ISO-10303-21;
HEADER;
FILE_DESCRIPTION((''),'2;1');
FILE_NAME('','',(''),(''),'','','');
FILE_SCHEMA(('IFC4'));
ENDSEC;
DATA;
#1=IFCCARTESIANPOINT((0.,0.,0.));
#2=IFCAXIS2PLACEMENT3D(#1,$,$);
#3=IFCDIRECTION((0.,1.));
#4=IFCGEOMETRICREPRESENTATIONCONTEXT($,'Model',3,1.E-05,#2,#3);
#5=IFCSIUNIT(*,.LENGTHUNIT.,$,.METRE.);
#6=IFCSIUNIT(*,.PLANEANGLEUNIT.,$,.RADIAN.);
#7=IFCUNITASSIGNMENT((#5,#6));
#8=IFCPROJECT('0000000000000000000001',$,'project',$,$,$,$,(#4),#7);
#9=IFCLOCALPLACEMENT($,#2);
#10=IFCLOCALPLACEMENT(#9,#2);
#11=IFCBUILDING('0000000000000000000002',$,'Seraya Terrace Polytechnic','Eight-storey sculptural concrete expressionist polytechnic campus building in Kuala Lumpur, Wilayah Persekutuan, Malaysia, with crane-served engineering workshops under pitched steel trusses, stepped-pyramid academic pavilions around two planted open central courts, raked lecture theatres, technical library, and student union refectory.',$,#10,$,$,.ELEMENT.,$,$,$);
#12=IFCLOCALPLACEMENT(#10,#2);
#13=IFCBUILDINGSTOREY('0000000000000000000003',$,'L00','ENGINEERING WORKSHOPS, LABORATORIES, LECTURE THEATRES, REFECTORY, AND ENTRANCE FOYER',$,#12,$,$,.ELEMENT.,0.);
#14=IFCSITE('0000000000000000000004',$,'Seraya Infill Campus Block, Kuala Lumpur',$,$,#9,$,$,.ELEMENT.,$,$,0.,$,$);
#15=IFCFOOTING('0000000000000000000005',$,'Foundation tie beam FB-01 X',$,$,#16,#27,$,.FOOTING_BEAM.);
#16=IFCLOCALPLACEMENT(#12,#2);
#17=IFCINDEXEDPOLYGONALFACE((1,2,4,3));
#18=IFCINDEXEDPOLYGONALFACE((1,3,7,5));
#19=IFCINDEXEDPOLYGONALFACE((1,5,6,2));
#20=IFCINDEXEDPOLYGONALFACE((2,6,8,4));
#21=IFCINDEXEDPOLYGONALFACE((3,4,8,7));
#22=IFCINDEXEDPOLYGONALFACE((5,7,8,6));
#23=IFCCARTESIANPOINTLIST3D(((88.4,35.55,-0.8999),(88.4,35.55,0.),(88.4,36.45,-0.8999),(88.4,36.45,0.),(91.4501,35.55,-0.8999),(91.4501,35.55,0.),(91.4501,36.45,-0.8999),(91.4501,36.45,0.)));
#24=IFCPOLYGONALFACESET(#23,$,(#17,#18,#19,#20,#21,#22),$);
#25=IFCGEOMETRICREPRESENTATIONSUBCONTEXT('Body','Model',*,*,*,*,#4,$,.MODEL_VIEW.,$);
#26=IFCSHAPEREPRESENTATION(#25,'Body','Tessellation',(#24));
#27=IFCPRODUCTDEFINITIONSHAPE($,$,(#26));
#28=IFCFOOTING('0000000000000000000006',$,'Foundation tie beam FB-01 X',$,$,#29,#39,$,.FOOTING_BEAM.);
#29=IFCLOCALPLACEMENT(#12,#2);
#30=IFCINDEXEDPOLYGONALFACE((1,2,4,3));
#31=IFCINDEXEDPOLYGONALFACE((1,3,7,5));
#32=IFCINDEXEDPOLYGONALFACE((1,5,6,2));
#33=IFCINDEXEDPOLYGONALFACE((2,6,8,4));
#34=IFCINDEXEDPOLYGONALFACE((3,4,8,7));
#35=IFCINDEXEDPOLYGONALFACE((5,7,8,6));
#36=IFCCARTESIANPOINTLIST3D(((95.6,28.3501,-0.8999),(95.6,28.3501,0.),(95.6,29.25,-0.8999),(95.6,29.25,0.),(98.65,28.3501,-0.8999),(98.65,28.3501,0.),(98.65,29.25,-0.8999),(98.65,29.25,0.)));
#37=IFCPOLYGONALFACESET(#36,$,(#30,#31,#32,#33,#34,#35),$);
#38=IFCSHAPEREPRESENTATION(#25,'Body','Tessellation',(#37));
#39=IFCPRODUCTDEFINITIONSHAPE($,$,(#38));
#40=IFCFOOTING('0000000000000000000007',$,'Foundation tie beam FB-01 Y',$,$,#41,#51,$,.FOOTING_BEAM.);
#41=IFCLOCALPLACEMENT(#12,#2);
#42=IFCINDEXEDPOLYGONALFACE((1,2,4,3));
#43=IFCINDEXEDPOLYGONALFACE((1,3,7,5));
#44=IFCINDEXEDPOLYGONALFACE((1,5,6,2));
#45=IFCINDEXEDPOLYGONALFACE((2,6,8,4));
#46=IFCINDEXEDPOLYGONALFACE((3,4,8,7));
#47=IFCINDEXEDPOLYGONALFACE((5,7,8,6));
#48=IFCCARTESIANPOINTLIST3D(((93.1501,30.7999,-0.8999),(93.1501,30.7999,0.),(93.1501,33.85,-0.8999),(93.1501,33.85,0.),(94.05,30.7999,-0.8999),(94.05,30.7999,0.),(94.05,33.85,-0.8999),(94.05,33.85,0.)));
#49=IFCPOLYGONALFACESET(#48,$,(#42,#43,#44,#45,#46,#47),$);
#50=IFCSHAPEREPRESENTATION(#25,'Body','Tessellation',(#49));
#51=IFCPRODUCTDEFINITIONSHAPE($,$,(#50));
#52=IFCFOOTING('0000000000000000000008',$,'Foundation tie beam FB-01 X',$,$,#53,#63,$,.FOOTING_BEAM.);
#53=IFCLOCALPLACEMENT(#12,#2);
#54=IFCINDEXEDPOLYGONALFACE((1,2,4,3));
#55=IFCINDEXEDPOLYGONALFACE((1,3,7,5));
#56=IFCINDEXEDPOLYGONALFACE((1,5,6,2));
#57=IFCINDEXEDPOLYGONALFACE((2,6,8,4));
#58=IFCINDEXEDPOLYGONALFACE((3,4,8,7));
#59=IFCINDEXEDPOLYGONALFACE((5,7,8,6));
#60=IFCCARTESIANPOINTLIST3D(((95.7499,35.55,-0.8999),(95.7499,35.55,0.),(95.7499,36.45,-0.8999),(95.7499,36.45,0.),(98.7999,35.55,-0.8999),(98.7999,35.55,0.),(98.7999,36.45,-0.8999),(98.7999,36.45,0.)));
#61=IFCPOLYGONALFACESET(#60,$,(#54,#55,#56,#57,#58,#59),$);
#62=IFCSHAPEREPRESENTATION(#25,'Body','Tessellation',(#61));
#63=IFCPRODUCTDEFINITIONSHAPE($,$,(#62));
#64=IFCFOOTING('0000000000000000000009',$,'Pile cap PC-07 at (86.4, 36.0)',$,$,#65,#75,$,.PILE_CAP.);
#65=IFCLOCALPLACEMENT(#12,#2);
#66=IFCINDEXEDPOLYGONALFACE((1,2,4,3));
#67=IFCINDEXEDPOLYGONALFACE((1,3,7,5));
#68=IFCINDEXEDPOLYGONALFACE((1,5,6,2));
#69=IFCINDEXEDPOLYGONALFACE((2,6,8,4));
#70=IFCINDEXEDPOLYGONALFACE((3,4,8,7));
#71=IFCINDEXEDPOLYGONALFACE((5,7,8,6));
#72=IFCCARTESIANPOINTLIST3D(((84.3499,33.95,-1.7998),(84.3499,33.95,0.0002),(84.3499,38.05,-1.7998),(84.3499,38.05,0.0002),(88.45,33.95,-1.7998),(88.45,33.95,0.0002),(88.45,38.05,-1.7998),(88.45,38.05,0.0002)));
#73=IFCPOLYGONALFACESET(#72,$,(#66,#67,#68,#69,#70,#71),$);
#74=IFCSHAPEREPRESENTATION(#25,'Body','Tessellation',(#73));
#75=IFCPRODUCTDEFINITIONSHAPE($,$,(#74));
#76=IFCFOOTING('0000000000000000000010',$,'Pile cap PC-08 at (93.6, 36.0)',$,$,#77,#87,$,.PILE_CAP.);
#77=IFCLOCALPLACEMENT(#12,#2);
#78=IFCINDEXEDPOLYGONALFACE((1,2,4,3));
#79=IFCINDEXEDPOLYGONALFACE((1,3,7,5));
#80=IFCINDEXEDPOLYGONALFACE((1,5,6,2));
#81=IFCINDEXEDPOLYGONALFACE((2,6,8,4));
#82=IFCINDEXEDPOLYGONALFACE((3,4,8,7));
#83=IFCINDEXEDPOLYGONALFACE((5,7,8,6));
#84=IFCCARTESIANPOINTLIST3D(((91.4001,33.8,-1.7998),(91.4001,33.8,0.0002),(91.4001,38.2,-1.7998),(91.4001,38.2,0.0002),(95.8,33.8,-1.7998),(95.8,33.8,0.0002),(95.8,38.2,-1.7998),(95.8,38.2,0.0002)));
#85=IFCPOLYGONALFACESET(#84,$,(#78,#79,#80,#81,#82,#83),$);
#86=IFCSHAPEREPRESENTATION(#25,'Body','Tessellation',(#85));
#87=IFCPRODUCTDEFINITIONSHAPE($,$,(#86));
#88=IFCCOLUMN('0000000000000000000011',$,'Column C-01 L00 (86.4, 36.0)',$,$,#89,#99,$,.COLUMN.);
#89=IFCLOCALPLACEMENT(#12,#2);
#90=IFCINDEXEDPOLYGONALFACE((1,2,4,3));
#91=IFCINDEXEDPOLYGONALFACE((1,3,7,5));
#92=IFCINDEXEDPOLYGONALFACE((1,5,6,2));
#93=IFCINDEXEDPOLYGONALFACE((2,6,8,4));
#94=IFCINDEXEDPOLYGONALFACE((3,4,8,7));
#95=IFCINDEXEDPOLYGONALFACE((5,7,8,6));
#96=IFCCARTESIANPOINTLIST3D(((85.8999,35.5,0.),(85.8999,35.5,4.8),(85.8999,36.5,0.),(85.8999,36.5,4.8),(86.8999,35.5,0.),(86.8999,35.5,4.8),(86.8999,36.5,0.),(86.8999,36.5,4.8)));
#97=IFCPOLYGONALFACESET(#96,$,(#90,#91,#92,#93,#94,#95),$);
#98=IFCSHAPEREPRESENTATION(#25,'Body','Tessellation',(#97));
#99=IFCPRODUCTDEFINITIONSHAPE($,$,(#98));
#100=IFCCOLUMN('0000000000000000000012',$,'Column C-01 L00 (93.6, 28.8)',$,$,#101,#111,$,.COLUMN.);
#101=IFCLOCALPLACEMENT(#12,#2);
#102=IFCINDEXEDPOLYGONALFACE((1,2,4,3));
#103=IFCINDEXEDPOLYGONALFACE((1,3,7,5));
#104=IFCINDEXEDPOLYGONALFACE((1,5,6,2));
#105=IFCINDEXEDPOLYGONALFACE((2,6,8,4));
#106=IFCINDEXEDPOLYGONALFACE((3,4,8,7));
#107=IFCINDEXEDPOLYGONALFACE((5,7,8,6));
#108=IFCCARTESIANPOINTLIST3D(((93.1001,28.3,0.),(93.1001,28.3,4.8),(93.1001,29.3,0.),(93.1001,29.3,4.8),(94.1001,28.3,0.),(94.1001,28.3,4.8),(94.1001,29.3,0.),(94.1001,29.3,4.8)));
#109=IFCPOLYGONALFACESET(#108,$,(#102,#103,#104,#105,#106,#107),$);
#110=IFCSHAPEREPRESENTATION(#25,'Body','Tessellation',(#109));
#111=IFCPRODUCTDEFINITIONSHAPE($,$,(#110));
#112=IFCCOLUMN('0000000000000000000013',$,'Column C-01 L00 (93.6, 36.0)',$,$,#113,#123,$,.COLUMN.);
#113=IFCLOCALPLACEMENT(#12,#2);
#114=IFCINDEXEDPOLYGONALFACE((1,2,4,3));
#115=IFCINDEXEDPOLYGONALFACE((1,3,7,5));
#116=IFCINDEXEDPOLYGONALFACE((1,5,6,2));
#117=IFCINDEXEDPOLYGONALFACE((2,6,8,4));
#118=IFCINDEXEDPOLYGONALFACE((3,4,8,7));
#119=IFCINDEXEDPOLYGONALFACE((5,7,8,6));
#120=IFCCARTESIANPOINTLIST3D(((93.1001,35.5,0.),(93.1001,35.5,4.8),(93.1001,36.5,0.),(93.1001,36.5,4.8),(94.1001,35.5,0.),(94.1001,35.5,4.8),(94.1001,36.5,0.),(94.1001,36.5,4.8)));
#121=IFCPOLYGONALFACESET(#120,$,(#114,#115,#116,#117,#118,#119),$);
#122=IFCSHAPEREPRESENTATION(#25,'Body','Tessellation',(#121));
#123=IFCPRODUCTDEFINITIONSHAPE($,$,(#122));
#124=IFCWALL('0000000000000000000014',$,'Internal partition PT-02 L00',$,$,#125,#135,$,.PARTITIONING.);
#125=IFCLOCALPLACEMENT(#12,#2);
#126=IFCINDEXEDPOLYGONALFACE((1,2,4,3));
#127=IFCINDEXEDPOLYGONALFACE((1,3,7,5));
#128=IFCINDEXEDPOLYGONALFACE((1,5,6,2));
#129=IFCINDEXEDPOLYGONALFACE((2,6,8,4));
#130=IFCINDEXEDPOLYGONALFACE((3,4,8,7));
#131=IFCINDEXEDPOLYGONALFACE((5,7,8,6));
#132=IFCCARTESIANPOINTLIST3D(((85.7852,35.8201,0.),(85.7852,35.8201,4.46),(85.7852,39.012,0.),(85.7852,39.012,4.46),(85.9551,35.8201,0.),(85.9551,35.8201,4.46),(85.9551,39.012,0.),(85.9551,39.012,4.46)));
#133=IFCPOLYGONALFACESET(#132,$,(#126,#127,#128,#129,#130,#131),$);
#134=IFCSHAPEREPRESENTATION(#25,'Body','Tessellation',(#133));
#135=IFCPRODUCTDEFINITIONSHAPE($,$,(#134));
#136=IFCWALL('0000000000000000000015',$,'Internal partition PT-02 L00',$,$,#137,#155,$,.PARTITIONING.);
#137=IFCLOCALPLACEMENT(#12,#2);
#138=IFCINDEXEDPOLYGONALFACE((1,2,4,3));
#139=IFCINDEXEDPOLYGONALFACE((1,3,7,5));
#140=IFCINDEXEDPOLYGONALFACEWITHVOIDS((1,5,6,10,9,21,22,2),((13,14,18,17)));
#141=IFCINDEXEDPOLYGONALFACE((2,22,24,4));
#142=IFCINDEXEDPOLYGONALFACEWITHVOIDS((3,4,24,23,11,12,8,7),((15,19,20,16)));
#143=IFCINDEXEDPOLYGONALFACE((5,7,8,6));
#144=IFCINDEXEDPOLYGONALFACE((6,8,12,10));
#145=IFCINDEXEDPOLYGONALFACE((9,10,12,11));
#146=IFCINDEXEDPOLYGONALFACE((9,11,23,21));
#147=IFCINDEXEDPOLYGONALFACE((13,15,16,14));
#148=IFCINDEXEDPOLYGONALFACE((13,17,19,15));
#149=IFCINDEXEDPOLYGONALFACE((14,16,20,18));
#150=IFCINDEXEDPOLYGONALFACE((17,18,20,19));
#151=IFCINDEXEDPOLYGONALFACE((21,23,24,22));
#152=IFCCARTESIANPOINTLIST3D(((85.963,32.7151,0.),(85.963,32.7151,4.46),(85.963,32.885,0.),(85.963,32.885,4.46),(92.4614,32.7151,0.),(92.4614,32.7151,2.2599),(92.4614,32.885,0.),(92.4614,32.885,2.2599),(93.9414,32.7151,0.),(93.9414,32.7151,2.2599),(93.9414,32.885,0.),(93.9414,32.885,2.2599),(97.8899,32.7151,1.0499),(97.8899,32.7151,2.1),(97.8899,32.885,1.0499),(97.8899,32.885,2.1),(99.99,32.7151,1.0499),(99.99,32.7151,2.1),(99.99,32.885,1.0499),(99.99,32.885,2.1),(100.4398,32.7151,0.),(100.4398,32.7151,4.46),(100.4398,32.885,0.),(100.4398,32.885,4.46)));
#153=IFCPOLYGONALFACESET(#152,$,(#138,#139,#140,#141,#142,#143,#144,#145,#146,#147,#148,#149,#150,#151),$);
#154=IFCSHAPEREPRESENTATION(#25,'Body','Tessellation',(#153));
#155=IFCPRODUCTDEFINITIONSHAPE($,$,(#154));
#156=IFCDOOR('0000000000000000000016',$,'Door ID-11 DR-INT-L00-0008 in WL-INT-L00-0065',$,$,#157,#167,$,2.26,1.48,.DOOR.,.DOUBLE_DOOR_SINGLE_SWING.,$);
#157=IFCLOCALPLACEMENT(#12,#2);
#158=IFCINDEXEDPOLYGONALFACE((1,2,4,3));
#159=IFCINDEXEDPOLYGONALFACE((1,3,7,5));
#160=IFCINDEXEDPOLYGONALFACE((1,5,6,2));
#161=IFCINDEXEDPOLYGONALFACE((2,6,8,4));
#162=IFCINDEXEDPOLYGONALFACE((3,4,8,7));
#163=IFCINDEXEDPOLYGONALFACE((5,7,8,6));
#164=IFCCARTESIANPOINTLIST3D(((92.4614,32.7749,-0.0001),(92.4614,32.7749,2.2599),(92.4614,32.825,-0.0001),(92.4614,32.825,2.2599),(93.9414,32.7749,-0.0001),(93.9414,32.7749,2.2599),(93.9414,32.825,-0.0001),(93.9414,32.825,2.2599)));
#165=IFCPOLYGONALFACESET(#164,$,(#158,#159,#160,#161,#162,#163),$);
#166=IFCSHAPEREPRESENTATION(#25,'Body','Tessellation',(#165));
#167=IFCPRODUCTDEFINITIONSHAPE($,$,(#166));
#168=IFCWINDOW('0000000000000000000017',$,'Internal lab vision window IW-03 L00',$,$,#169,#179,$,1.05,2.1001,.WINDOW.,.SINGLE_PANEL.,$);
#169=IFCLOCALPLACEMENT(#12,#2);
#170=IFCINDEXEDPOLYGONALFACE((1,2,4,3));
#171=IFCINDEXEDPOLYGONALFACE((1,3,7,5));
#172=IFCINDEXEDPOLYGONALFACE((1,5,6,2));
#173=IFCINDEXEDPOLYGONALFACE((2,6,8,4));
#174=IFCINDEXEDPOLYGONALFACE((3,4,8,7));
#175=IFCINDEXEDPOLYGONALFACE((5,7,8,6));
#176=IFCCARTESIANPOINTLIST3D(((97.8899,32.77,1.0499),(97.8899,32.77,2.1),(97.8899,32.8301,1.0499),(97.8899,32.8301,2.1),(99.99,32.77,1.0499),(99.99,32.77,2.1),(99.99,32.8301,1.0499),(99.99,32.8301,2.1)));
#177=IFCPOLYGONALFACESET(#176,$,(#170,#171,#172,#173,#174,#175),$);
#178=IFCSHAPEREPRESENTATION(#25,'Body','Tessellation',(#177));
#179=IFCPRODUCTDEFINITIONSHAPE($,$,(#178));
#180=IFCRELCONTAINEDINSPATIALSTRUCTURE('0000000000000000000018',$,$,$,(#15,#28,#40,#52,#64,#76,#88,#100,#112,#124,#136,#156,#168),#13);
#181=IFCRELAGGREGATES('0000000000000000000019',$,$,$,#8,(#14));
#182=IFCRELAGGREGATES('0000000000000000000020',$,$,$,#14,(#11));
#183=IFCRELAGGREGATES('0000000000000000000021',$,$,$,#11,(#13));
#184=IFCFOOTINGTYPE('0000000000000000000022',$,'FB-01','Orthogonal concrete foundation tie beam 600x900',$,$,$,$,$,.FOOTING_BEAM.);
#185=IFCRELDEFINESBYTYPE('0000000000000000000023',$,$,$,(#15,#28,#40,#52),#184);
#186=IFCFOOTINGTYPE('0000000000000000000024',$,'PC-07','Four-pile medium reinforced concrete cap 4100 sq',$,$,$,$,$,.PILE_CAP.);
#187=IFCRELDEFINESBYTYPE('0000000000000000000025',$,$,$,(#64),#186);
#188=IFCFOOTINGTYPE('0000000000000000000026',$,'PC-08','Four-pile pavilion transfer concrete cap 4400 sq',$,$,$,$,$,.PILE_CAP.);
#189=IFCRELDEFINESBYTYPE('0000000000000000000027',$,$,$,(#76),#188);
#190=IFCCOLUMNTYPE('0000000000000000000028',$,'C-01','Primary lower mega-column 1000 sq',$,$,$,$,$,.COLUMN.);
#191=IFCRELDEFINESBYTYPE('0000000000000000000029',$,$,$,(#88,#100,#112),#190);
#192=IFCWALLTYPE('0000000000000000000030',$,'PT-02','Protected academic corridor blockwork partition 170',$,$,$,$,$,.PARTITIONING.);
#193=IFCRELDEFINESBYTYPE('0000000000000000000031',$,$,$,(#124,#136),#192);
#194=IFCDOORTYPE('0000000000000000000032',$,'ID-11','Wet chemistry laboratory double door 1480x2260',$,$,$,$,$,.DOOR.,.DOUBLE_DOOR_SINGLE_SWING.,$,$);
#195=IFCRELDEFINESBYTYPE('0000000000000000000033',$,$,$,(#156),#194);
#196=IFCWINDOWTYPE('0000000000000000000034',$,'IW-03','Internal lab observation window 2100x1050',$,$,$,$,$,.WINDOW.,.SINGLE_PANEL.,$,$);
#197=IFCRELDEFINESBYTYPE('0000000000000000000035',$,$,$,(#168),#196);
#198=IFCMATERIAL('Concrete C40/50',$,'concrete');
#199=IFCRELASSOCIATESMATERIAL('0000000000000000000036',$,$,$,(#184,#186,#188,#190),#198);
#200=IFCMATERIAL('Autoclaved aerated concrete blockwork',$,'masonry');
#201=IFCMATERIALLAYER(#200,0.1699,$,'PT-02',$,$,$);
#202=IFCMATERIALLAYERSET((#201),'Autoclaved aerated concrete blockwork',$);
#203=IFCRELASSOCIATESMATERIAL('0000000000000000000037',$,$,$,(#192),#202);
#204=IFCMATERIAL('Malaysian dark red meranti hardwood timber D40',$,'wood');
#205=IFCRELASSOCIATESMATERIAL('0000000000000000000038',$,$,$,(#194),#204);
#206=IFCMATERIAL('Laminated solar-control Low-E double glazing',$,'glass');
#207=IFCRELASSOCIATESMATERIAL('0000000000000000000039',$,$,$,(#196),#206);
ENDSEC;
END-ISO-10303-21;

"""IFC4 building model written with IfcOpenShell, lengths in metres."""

from ifc_helpers import new_model, si_unit, direction, frame, frame_2d, origin, origin_2d, place, context, subcontext, project, spatial, rectangle, extrude, material, layer, layer_set, material_profile, profile_set, type_object, element, fill, save


model = new_model("IFC4")

# Units and contexts
model_context = context("Model", 3, precision=1e-05, world=origin(), true_north=direction((0.0, 1.0)))
body_context = subcontext(model_context, "Body", "Model", "MODEL_VIEW")
ifc_project = project(units=[si_unit("LENGTHUNIT", "METRE"), si_unit("PLANEANGLEUNIT", "RADIAN")], contexts=[model_context])

# Site, building, storey
site_placement = place(None, origin())
site = spatial("IfcSite", under=ifc_project, at=site_placement, Name="Seraya Infill Campus Block, Kuala Lumpur", CompositionType="ELEMENT", RefElevation=0.0)
building_placement = place(site_placement, origin())
building = spatial("IfcBuilding", under=site, at=building_placement, Name="Seraya Terrace Polytechnic", Description="Eight-storey sculptural concrete expressionist polytechnic campus building in Kuala Lumpur, Wilayah Persekutuan, Malaysia, with crane-served engineering workshops under pitched steel trusses, stepped-pyramid academic pavilions around two planted open central courts, raked lecture theatres, technical library, and student union refectory.", CompositionType="ELEMENT")
storey_placement = place(building_placement, origin())
storey = spatial("IfcBuildingStorey", under=building, at=storey_placement, Name="L00", Description="ENGINEERING WORKSHOPS, LABORATORIES, LECTURE THEATRES, REFECTORY, AND ENTRANCE FOYER", CompositionType="ELEMENT", Elevation=0.0)

# Shared definitions
ifc_material_1 = material(Name="Concrete C40/50", Category="concrete")

# Footings
footing_type_1 = type_object("IfcFootingType", Name="FB-01", Description="Orthogonal concrete foundation tie beam 600x900", PredefinedType="FOOTING_BEAM", material=ifc_material_1)
for number, where, z_axis, x_axis, name in (
    (1, (89.925, 36.0, -0.8999), (0.0, 0.0, 1.0), (1.0, 0.0, 0.0), "Foundation tie beam FB-01 X"),
    (2, (97.125, 28.8, -0.8999), (0.0, 0.0, 1.0), (1.0, 0.0, 0.0), "Foundation tie beam FB-01 X"),
    (3, (93.6001, 32.325, -0.8999), (0.0, 0.0, 1.0), (0.0, 1.0, 0.0), "Foundation tie beam FB-01 Y"),
    (4, (97.2749, 36.0, -0.8999), (0.0, 0.0, 1.0), (1.0, 0.0, 0.0), "Foundation tie beam FB-01 X"),
):
    element("IfcFooting", number, at=place(storey_placement, frame(where, z_axis=z_axis, x_axis=x_axis)), inside=storey, type_object=footing_type_1, Name=name, PredefinedType="FOOTING_BEAM", context=body_context, shape_type="SweptSolid", body=[
        extrude(rectangle(XDim=3.05, YDim=0.8999, at=origin_2d()), origin(), (0.0, 0.0, 1.0), 0.8999),
    ])
footing_type_2 = type_object("IfcFootingType", Name="PC-07", Description="Four-pile medium reinforced concrete cap 4100 sq", PredefinedType="PILE_CAP", material=ifc_material_1)
footing_1_placement = place(storey_placement, frame((86.3999, 36.0, -1.7998), z_axis=(0.0, 0.0, 1.0), x_axis=(1.0, 0.0, 0.0)))
element("IfcFooting", 5, at=footing_1_placement, inside=storey, type_object=footing_type_2, Name="Pile cap PC-07 at (86.4, 36.0)", PredefinedType="PILE_CAP", context=body_context, shape_type="SweptSolid", body=[
    extrude(rectangle(XDim=4.1001, YDim=4.1001, at=origin_2d()), origin(), (0.0, 0.0, 1.0), 1.8),
])
footing_type_3 = type_object("IfcFootingType", Name="PC-08", Description="Four-pile pavilion transfer concrete cap 4400 sq", PredefinedType="PILE_CAP", material=ifc_material_1)
footing_2_placement = place(storey_placement, frame((93.6001, 36.0, -1.7998), z_axis=(0.0, 0.0, 1.0), x_axis=(1.0, 0.0, 0.0)))
element("IfcFooting", 6, at=footing_2_placement, inside=storey, type_object=footing_type_3, Name="Pile cap PC-08 at (93.6, 36.0)", PredefinedType="PILE_CAP", context=body_context, shape_type="SweptSolid", body=[
    extrude(rectangle(XDim=4.3999, YDim=4.3999, at=origin_2d()), origin(), (0.0, 0.0, 1.0), 1.8),
])

# Columns
ifc_material_profile_1 = material_profile(ifc_material_1, rectangle(XDim=1.0, YDim=1.0, at=origin_2d()), Name="RC 1000x1000")
ifc_profile_set_1 = profile_set([ifc_material_profile_1], Name="Concrete C40/50")
column_type = type_object("IfcColumnType", Name="C-01", Description="Primary lower mega-column 1000 sq", PredefinedType="COLUMN", material=ifc_profile_set_1)
for number, where, z_axis, x_axis, name in (
    (7, (86.3999, 36.0, 0.0), (0.0, 0.0, 1.0), (1.0, 0.0, 0.0), "Column C-01 L00 (86.4, 36.0)"),
    (8, (93.6001, 28.8, 0.0), (0.0, 0.0, 1.0), (1.0, 0.0, 0.0), "Column C-01 L00 (93.6, 28.8)"),
    (9, (93.6001, 36.0, 0.0), (0.0, 0.0, 1.0), (1.0, 0.0, 0.0), "Column C-01 L00 (93.6, 36.0)"),
):
    element("IfcColumn", number, at=place(storey_placement, frame(where, z_axis=z_axis, x_axis=x_axis)), inside=storey, type_object=column_type, Name=name, PredefinedType="COLUMN", context=body_context, shape_type="SweptSolid", body=[
        extrude(rectangle(XDim=1.0, YDim=1.0, at=origin_2d()), origin(), (0.0, 0.0, 1.0), 4.8),
    ])

# Wall
ifc_material_2 = material(Name="Autoclaved aerated concrete blockwork", Category="masonry")
ifc_layer_1 = layer(ifc_material_2, 0.1699, Name="PT-02")
ifc_layer_set_1 = layer_set([ifc_layer_1], Name="Autoclaved aerated concrete blockwork")
wall_type_1 = type_object("IfcWallType", Name="PT-02", Description="Protected academic corridor blockwork partition 170", PredefinedType="PARTITIONING", material=ifc_layer_set_1)
wall_1_placement = place(storey_placement, frame((85.8701, 35.8201, 0.0), z_axis=(0.0, 0.0, 1.0), x_axis=(0.0, 1.0, 0.0)))
element("IfcWall", 10, at=wall_1_placement, inside=storey, type_object=wall_type_1, Name="Internal partition PT-02 L00", PredefinedType="PARTITIONING", context=body_context, shape_type="SweptSolid", body=[
    extrude(rectangle(XDim=3.1919, YDim=0.1699, at=frame_2d((1.5959, 0.0))), origin(), (0.0, 0.0, 1.0), 4.46),
])

# Wall, openings, door, window
wall_2_placement = place(storey_placement, frame((85.9631, 32.8, 0.0), z_axis=(0.0, 0.0, 1.0), x_axis=(1.0, 0.0, 0.0)))
wall_2 = element("IfcWall", 11, at=wall_2_placement, inside=storey, type_object=wall_type_1, Name="Internal partition PT-02 L00", PredefinedType="PARTITIONING", context=body_context, shape_type="SweptSolid", body=[
    extrude(rectangle(XDim=14.4768, YDim=0.1699, at=frame_2d((7.2383, 0.0))), origin(), (0.0, 0.0, 1.0), 4.46),
])
opening_1_placement = place(wall_2_placement, frame((6.4983, 0.0, 0.0)))
opening_1 = element("IfcOpeningElement", 12, at=opening_1_placement, cuts=wall_2, PredefinedType="OPENING", context=body_context, shape_type="SweptSolid", body=[
    extrude(rectangle(XDim=1.48, YDim=2.26, at=frame_2d((0.74, 1.1299))), frame((0.0, 0.0969, 0.0), z_axis=(0.0, -1.0, 0.0), x_axis=(1.0, 0.0, 0.0)), (0.0, 0.0, 1.0), 0.1938),
])
opening_2_placement = place(wall_2_placement, frame((11.9268, 0.0, 1.05)))
opening_2 = element("IfcOpeningElement", 13, at=opening_2_placement, cuts=wall_2, PredefinedType="OPENING", context=body_context, shape_type="SweptSolid", body=[
    extrude(rectangle(XDim=2.1001, YDim=1.05, at=frame_2d((1.05, 0.5249))), frame((0.0, 0.0969, 0.0), z_axis=(0.0, -1.0, 0.0), x_axis=(1.0, 0.0, 0.0)), (0.0, 0.0, 1.0), 0.1938),
])
ifc_material_3 = material(Name="Malaysian dark red meranti hardwood timber D40", Category="wood")
door_type_1 = type_object("IfcDoorType", Name="ID-11", Description="Wet chemistry laboratory double door 1480x2260", OperationType="DOUBLE_DOOR_SINGLE_SWING", PredefinedType="DOOR", material=ifc_material_3)
door_1_placement = place(opening_1_placement, origin())
door_1 = element("IfcDoor", 14, at=door_1_placement, inside=storey, type_object=door_type_1, Name="Door ID-11 DR-INT-L00-0008 in WL-INT-L00-0065", OperationType="DOUBLE_DOOR_SINGLE_SWING", OverallHeight=2.26, OverallWidth=1.48, PredefinedType="DOOR", context=body_context, shape_type="SweptSolid", body=[
    extrude(rectangle(XDim=1.48, YDim=2.26, at=frame_2d((0.74, 1.1299))), frame((0.0, 0.0249, 0.0), z_axis=(0.0, -1.0, 0.0), x_axis=(1.0, 0.0, 0.0)), (0.0, 0.0, 1.0), 0.05),
])
fill(opening_1, door_1)
ifc_material_4 = material(Name="Laminated solar-control Low-E double glazing", Category="glass")
window_type = type_object("IfcWindowType", Name="IW-03", Description="Internal lab observation window 2100x1050", PartitioningType="SINGLE_PANEL", PredefinedType="WINDOW", material=ifc_material_4)
window_placement = place(opening_2_placement, origin())
window = element("IfcWindow", 15, at=window_placement, inside=storey, type_object=window_type, Name="Internal lab vision window IW-03 L00", OverallHeight=1.05, OverallWidth=2.1001, PartitioningType="SINGLE_PANEL", PredefinedType="WINDOW", context=body_context, shape_type="SweptSolid", body=[
    extrude(rectangle(XDim=2.1001, YDim=1.05, at=frame_2d((1.05, 0.5249))), frame((0.0, 0.03, 0.0), z_axis=(0.0, -1.0, 0.0), x_axis=(1.0, 0.0, 0.0)), (0.0, 0.0, 1.0), 0.0601),
])
fill(opening_2, window)

save(model, "model.ifc")
